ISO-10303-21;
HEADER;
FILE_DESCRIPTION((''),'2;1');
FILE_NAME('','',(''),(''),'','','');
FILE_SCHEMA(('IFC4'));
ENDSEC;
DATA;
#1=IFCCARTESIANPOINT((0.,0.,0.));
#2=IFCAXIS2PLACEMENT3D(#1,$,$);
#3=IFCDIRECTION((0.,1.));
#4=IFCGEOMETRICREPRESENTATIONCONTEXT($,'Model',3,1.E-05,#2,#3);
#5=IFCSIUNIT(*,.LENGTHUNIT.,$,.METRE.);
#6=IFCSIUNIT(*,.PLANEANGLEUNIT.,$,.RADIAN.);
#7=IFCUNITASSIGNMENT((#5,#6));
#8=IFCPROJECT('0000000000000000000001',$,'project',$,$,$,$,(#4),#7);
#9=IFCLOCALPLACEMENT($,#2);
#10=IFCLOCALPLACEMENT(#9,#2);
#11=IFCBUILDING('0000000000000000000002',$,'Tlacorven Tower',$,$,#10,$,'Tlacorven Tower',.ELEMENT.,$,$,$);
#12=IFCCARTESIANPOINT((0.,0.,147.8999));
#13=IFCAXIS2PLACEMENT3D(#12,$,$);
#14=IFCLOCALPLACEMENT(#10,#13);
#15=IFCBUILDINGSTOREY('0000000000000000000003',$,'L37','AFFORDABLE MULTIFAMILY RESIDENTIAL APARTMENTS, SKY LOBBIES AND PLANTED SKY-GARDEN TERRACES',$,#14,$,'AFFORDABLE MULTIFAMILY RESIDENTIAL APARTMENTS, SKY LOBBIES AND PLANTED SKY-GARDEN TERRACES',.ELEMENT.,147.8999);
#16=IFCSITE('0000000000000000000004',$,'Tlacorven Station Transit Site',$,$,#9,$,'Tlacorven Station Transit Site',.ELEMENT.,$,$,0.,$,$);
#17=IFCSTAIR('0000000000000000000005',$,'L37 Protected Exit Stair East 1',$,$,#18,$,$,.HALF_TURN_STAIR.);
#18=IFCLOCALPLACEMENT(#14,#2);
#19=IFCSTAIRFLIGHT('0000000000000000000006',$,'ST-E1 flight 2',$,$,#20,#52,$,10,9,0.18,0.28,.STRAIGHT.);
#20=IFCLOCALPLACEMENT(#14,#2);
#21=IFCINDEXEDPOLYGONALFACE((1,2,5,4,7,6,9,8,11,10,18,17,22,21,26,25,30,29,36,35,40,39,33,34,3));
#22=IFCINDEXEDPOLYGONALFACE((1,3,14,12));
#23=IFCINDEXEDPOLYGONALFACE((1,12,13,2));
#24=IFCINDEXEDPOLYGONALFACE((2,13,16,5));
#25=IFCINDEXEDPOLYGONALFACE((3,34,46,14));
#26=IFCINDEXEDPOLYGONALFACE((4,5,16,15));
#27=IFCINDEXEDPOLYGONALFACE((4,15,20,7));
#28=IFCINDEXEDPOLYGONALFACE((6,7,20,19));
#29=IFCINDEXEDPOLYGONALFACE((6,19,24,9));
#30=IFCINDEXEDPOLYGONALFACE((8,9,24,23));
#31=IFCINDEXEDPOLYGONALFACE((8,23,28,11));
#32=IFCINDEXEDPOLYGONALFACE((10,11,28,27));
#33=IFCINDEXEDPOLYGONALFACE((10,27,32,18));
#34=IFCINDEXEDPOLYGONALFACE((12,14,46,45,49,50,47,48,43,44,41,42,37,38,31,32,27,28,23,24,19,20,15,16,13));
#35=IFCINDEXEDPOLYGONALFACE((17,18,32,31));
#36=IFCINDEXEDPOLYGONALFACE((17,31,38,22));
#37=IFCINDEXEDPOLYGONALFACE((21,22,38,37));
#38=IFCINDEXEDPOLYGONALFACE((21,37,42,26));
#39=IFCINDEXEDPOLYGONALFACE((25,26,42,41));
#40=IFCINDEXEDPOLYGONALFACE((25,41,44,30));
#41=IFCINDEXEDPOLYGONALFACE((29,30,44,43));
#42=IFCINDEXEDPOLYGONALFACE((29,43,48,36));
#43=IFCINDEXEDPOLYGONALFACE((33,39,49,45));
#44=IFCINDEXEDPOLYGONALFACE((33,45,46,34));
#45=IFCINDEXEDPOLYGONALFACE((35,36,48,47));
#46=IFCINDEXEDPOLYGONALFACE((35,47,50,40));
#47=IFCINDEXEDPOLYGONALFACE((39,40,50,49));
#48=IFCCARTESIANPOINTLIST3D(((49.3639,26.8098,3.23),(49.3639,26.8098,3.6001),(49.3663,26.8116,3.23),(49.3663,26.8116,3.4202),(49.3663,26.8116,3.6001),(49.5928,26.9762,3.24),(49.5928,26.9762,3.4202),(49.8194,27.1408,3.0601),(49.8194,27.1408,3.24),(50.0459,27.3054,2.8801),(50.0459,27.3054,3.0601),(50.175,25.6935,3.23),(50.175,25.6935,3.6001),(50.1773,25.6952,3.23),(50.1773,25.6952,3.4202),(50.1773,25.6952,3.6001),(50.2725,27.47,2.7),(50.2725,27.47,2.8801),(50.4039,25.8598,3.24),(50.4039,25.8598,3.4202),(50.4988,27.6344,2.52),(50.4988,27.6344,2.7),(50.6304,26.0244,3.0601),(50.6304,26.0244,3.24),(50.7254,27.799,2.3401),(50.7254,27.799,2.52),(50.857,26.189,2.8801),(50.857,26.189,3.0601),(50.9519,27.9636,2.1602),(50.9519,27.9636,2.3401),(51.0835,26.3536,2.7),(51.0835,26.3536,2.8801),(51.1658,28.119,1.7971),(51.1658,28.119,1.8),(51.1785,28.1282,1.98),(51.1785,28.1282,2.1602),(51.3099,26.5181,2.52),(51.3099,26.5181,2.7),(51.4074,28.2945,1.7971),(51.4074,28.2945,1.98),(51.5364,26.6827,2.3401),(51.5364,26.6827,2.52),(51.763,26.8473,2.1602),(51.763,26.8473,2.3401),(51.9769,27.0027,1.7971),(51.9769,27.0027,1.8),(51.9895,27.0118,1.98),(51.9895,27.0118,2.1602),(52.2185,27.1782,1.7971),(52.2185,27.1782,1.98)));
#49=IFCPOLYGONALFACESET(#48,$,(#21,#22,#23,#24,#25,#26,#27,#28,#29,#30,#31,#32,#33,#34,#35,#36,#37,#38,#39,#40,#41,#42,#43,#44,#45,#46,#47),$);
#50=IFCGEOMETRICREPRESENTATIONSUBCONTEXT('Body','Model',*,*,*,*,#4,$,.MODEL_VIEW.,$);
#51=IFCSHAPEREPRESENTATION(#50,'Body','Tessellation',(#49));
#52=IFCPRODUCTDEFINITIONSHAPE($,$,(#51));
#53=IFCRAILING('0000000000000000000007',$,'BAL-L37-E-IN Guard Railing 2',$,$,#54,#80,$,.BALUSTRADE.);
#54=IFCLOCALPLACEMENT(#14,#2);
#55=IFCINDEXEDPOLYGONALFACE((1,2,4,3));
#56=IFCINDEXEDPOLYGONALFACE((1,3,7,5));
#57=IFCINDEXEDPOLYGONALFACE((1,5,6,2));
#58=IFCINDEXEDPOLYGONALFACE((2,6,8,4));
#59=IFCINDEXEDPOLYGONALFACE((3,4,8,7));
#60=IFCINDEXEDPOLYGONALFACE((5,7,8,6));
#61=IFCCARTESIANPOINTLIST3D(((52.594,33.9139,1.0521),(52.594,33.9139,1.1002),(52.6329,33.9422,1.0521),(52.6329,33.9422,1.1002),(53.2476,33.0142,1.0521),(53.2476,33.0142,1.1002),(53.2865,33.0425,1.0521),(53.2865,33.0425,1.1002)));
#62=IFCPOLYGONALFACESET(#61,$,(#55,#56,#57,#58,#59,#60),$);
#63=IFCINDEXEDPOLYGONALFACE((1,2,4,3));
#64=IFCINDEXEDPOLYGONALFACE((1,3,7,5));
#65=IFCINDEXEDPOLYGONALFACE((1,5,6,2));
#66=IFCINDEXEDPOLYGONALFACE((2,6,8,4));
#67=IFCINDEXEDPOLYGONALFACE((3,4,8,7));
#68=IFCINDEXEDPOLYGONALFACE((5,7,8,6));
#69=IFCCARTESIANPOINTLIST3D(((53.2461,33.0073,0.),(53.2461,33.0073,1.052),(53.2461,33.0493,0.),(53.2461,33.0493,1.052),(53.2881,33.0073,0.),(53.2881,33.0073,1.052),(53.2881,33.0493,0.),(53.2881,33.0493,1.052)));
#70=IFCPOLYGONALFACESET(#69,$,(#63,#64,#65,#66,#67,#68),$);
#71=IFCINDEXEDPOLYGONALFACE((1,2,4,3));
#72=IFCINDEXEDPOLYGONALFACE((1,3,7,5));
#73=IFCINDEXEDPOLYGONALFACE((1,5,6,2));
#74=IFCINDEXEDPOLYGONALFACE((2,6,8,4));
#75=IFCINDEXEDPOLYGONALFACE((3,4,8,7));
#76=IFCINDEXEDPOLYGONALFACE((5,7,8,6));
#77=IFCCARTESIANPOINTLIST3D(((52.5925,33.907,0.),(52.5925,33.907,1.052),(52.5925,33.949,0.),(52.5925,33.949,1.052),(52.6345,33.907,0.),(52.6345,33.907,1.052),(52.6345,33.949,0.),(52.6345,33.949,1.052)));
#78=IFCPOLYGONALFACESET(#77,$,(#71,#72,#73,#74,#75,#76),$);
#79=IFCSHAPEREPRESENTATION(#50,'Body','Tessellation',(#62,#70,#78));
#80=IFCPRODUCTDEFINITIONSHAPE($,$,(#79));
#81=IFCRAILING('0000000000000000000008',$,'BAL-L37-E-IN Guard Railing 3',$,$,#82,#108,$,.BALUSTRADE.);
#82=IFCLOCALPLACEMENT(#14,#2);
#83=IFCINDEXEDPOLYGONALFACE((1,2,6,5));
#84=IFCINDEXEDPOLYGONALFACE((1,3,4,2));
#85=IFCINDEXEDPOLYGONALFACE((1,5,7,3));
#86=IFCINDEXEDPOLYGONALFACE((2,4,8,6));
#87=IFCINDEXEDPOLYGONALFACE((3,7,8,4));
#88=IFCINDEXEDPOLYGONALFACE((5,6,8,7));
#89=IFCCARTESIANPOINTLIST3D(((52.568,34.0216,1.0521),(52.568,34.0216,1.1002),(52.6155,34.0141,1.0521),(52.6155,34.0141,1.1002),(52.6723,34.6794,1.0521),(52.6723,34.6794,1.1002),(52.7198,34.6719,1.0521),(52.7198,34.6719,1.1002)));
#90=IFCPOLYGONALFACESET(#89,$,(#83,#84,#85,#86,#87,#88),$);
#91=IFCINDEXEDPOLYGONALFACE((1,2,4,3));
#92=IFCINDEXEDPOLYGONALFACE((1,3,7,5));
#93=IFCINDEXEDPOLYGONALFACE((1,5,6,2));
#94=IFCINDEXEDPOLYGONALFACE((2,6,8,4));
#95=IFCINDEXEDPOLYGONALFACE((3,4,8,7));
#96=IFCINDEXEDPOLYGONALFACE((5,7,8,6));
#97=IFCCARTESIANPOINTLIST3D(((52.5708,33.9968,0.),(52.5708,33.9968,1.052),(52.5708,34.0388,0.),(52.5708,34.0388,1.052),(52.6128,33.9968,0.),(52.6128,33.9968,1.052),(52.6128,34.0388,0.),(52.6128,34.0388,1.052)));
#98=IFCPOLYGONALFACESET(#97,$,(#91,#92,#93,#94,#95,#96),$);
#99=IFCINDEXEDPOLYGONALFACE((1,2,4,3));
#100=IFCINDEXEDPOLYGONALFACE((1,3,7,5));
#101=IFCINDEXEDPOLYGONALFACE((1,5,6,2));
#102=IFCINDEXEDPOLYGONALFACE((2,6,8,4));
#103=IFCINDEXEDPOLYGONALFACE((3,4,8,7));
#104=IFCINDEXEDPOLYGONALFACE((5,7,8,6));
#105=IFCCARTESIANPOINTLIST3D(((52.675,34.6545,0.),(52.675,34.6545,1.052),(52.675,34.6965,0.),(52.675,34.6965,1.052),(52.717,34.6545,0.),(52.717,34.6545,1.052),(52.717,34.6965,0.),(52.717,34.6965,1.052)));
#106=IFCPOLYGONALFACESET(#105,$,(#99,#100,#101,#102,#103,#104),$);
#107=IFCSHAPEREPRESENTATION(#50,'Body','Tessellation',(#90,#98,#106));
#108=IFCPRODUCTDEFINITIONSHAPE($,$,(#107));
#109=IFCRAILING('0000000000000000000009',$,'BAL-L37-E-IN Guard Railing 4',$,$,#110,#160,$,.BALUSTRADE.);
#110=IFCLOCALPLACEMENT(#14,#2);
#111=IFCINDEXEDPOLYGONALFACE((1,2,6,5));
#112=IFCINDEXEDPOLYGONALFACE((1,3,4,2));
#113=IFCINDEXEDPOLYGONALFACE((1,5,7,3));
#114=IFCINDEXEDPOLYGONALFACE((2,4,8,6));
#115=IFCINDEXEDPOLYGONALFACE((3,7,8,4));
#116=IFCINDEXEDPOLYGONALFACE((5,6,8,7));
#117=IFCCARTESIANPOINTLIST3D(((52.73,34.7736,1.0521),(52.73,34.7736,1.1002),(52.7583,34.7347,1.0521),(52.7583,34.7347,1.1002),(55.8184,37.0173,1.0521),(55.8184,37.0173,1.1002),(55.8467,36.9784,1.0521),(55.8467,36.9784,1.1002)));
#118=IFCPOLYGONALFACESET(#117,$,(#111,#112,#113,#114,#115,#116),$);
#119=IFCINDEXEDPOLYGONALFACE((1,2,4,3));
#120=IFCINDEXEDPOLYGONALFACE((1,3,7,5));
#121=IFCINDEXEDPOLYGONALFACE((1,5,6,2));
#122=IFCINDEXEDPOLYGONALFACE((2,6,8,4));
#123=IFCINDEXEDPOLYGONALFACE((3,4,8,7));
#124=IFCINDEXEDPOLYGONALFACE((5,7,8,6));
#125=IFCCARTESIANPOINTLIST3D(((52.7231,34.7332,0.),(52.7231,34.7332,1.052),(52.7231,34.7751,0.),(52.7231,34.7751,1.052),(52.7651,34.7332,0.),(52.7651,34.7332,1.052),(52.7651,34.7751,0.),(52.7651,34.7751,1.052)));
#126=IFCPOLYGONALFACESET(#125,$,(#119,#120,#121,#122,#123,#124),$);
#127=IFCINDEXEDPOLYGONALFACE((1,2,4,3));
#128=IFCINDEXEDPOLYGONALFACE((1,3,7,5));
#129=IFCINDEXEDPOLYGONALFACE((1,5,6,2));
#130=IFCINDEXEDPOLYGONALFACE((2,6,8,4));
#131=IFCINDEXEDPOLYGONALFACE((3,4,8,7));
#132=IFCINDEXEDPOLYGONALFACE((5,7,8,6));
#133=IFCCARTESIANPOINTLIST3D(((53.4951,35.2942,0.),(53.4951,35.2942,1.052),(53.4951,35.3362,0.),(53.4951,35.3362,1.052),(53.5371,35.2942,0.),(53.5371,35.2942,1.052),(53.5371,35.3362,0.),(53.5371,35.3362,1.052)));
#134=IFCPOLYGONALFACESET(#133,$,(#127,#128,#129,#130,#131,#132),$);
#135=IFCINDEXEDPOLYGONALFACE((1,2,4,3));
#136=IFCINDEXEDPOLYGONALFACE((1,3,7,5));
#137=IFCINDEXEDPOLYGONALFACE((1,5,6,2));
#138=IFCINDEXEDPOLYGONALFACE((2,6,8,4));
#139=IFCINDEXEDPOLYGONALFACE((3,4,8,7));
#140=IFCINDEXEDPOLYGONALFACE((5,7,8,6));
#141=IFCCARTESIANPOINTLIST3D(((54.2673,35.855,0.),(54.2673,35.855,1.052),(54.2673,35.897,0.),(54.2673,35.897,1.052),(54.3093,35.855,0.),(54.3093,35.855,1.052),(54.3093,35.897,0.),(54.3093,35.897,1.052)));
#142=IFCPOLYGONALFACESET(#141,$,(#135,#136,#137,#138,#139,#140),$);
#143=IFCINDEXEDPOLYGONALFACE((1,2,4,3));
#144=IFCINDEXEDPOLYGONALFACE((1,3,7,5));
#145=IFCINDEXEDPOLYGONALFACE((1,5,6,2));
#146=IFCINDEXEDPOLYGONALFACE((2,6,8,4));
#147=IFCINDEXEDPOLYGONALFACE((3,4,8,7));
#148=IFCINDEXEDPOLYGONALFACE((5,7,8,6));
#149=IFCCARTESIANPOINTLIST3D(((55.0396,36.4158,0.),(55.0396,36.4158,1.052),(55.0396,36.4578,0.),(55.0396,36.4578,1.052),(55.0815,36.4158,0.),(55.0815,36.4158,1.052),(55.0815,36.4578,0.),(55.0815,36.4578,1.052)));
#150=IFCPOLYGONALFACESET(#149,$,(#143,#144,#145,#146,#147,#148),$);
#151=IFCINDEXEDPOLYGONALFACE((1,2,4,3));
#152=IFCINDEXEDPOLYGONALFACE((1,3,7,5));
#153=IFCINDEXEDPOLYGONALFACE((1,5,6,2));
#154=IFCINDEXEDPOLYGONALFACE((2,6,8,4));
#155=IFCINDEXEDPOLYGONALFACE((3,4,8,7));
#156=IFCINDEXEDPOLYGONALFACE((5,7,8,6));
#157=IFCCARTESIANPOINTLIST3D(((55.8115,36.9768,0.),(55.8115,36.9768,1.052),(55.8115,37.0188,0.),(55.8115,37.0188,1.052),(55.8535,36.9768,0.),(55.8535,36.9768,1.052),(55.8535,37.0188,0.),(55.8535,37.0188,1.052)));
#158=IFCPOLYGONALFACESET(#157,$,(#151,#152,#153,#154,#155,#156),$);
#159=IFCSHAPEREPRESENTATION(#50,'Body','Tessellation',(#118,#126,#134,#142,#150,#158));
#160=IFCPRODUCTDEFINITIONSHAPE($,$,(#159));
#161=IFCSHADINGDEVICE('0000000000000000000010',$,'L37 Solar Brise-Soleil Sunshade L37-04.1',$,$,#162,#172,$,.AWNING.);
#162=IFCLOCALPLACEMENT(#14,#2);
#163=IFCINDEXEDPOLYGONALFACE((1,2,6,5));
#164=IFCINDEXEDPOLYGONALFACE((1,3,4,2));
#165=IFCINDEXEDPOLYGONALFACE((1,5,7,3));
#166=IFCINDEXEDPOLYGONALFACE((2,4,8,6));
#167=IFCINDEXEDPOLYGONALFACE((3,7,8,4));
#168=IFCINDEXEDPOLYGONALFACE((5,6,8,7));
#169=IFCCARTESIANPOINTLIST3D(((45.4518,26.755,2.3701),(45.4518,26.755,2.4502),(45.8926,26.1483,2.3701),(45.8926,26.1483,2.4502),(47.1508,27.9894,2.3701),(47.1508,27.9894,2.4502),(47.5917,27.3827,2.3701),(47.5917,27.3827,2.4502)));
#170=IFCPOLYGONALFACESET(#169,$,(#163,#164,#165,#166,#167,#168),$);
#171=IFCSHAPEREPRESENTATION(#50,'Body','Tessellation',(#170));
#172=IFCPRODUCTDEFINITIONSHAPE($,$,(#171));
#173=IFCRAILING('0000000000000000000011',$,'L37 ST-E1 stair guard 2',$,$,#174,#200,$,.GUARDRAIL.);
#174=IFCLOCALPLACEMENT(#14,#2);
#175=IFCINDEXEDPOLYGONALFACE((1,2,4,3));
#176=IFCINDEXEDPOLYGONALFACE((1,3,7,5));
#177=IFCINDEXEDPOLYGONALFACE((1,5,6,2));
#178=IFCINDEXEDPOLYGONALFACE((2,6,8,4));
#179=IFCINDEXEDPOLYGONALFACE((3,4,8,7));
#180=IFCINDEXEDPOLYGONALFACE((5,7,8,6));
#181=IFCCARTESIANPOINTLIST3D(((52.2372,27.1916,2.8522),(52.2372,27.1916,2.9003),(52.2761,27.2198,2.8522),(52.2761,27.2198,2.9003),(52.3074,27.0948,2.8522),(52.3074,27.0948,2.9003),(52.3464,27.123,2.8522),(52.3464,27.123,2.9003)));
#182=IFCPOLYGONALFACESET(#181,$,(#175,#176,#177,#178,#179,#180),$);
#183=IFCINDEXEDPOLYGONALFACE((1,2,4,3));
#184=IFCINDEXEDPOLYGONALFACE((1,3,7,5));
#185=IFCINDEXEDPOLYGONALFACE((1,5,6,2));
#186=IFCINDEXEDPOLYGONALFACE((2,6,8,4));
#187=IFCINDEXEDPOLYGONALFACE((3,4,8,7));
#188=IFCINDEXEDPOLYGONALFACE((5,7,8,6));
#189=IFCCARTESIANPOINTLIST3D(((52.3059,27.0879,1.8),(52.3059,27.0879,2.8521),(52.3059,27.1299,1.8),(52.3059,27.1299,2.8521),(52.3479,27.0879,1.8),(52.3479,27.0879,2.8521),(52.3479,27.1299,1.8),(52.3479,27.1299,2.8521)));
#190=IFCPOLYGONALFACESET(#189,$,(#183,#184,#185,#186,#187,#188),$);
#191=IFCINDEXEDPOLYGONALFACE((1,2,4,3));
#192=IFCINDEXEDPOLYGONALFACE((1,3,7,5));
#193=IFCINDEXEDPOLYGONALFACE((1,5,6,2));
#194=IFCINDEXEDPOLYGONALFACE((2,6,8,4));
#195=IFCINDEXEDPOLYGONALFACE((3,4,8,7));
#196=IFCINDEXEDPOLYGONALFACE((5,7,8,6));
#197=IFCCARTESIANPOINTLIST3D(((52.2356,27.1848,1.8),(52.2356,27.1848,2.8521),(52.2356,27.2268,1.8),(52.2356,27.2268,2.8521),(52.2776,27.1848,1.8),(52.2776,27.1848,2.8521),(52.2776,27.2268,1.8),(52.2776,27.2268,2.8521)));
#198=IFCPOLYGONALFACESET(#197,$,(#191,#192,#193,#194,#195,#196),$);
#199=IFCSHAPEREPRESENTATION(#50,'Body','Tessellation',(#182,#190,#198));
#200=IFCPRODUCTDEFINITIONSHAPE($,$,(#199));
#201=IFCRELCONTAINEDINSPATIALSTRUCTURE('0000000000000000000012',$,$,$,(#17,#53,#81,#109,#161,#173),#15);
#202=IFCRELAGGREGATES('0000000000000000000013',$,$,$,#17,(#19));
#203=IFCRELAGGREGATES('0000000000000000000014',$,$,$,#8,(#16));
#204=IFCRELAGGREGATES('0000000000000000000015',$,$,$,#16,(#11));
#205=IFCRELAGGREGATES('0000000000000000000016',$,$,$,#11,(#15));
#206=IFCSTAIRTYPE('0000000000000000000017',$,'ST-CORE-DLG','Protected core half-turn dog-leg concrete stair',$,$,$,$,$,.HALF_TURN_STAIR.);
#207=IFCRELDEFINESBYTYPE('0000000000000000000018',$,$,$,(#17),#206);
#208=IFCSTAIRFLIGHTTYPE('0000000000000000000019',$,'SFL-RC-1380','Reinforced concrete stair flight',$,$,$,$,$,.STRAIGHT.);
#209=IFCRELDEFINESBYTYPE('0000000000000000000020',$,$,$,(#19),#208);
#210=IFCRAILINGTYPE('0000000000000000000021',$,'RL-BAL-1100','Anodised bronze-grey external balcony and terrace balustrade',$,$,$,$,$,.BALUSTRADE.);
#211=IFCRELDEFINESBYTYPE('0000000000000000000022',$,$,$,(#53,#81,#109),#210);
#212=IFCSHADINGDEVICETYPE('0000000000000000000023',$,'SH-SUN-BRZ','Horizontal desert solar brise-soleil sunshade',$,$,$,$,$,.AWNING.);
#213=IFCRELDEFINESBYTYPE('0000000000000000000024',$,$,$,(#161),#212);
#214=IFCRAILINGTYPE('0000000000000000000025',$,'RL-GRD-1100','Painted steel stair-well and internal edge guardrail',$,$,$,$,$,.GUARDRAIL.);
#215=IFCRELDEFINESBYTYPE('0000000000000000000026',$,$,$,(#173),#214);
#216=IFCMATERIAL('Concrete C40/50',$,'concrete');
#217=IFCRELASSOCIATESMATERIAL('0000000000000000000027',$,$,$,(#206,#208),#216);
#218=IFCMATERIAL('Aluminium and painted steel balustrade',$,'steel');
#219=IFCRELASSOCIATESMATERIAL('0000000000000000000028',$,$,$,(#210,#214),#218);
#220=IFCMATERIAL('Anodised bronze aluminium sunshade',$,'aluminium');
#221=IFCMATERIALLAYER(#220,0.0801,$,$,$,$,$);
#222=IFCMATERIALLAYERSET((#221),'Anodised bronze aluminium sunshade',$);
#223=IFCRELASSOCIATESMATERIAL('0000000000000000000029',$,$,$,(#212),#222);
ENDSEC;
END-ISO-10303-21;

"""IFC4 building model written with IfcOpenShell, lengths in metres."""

from ifc_helpers import new_model, si_unit, direction, frame, origin, origin_2d, place, context, subcontext, project, spatial, polyline, rectangle, outline, extrude, source, transform, mapped, material, layer, layer_set, type_object, element, aggregate, save


model = new_model("IFC4")

# Units and contexts
model_context = context("Model", 3, precision=1e-05, world=origin(), true_north=direction((0.0, 1.0)))
body_context = subcontext(model_context, "Body", "Model", "MODEL_VIEW")
ifc_project = project(units=[si_unit("LENGTHUNIT", "METRE"), si_unit("PLANEANGLEUNIT", "RADIAN")], contexts=[model_context])

# Site, building, storey
site_placement = place(None, origin())
site = spatial("IfcSite", under=ifc_project, at=site_placement, Name="Tlacorven Station Transit Site", LongName="Tlacorven Station Transit Site", CompositionType="ELEMENT", RefElevation=0.0)
building_placement = place(site_placement, origin())
building = spatial("IfcBuilding", under=site, at=building_placement, Name="Tlacorven Tower", LongName="Tlacorven Tower", CompositionType="ELEMENT")
storey_placement = place(building_placement, frame((0.0, 0.0, 147.8999)))
storey = spatial("IfcBuildingStorey", under=building, at=storey_placement, Name="L37", Description="AFFORDABLE MULTIFAMILY RESIDENTIAL APARTMENTS, SKY LOBBIES AND PLANTED SKY-GARDEN TERRACES", LongName="AFFORDABLE MULTIFAMILY RESIDENTIAL APARTMENTS, SKY LOBBIES AND PLANTED SKY-GARDEN TERRACES", CompositionType="ELEMENT", Elevation=147.8999)

# Stair, stair flight
ifc_material_1 = material(Name="Concrete C40/50", Category="concrete")
stair_type = type_object("IfcStairType", Name="ST-CORE-DLG", Description="Protected core half-turn dog-leg concrete stair", PredefinedType="HALF_TURN_STAIR", material=ifc_material_1)
stair_placement = place(storey_placement, origin())
stair = element("IfcStair", 1, at=stair_placement, inside=storey, type_object=stair_type, Name="L37 Protected Exit Stair East 1", PredefinedType="HALF_TURN_STAIR")
stair_flight_type = type_object("IfcStairFlightType", Name="SFL-RC-1380", Description="Reinforced concrete stair flight", PredefinedType="STRAIGHT", material=ifc_material_1)
shared_shape_1 = source(origin(), body_context, "Body", "SweptSolid", [
    extrude(outline(polyline([(-0.0029, -0.0029), (-0.0029, 0.1799), (0.28, 0.1799), (0.28, 0.3601), (0.5601, 0.3601), (0.5601, 0.54), (0.8401, 0.54), (0.8401, 0.72), (1.1201, 0.72), (1.1201, 0.8999), (1.3999, 0.8999), (1.3999, 1.0801), (1.6799, 1.0801), (1.6799, 1.26), (1.96, 1.26), (1.96, 1.4399), (2.24, 1.4399), (2.24, 1.6201), (2.52, 1.6201), (2.52, 1.8), (2.5229, 1.8), (2.5229, 1.4299), (2.52, 1.4299), (0.2957, 0.0), (0.2957, -0.0029), (-0.0029, -0.0029)])), frame((0.0, 0.6899, 0.0), z_axis=(0.0, -1.0, 0.0), x_axis=(1.0, 0.0, 0.0)), (0.0, 0.0, 1.0), 1.3799),
])
stair_flight_1_placement = place(storey_placement, frame((51.8105, 27.7346, 1.8), z_axis=(0.0, 0.0, 1.0), x_axis=(-0.809017, -0.587785, 0.0)))
stair_flight_1 = element("IfcStairFlight", 2, at=stair_flight_1_placement, type_object=stair_flight_type, Name="ST-E1 flight 2", NumberOfRisers=10, NumberOfTreads=9, PredefinedType="STRAIGHT", RiserHeight=0.18, TreadLength=0.28, context=body_context, shape_type="MappedRepresentation", body=[
    mapped(shared_shape_1, transform((0.0, 0.0, 0.0), scale=1.0)),
])
aggregate(stair, [stair_flight_1])

# Railings
ifc_material_2 = material(Name="Aluminium and painted steel balustrade", Category="steel")
railing_type_1 = type_object("IfcRailingType", Name="RL-BAL-1100", Description="Anodised bronze-grey external balcony and terrace balustrade", PredefinedType="BALUSTRADE", material=ifc_material_2)
shared_shape_2 = source(origin(), body_context, "Body", "SweptSolid", [
    extrude(rectangle(XDim=0.0481, YDim=0.0481, at=origin_2d()), frame((0.0, 0.0, 1.0762), z_axis=(-0.587741, 0.809049, 0.0), x_axis=(-0.809049, -0.587741, 0.0)), (0.0, 0.0, 1.0), 1.1121),
    extrude(rectangle(XDim=0.042, YDim=0.042, at=origin_2d()), origin(), (0.0, 0.0, 1.0), 1.052),
    extrude(rectangle(XDim=0.042, YDim=0.042, at=origin_2d()), frame((-0.6536, 0.8997, 0.0)), (0.0, 0.0, 1.0), 1.052),
])
railing_1_placement = place(storey_placement, frame((53.2671, 33.0283, 0.0)))
element("IfcRailing", 3, at=railing_1_placement, inside=storey, type_object=railing_type_1, Name="BAL-L37-E-IN Guard Railing 2", PredefinedType="BALUSTRADE", context=body_context, shape_type="MappedRepresentation", body=[
    mapped(shared_shape_2, transform((0.0, 0.0, 0.0), scale=1.0)),
])
shared_shape_3 = source(origin(), body_context, "Body", "SweptSolid", [
    extrude(rectangle(XDim=0.0481, YDim=0.0481, at=origin_2d()), frame((0.0, 0.0, 1.0762), z_axis=(0.156546, 0.987671, 0.0), x_axis=(-0.987671, 0.156546, 0.0)), (0.0, 0.0, 1.0), 0.666),
    extrude(rectangle(XDim=0.042, YDim=0.042, at=origin_2d()), origin(), (0.0, 0.0, 1.0), 1.052),
    extrude(rectangle(XDim=0.042, YDim=0.042, at=origin_2d()), frame((0.1042, 0.6577, 0.0)), (0.0, 0.0, 1.0), 1.052),
])
railing_2_placement = place(storey_placement, frame((52.5918, 34.0178, 0.0)))
element("IfcRailing", 4, at=railing_2_placement, inside=storey, type_object=railing_type_1, Name="BAL-L37-E-IN Guard Railing 3", PredefinedType="BALUSTRADE", context=body_context, shape_type="MappedRepresentation", body=[
    mapped(shared_shape_3, transform((0.0, 0.0, 0.0), scale=1.0)),
])
shared_shape_4 = source(origin(), body_context, "Body", "SweptSolid", [
    extrude(rectangle(XDim=0.0481, YDim=0.0481, at=origin_2d()), frame((0.0, 0.0, 1.0762), z_axis=(0.80904, 0.587753, 0.0), x_axis=(-0.587753, 0.80904, 0.0)), (0.0, 0.0, 1.0), 3.8174),
    extrude(rectangle(XDim=0.042, YDim=0.042, at=origin_2d()), origin(), (0.0, 0.0, 1.0), 1.052),
    extrude(rectangle(XDim=0.042, YDim=0.042, at=origin_2d()), frame((0.772, 0.561, 0.0)), (0.0, 0.0, 1.0), 1.052),
    extrude(rectangle(XDim=0.042, YDim=0.042, at=origin_2d()), frame((1.5442, 1.1218, 0.0)), (0.0, 0.0, 1.0), 1.052),
    extrude(rectangle(XDim=0.042, YDim=0.042, at=origin_2d()), frame((2.3164, 1.6826, 0.0)), (0.0, 0.0, 1.0), 1.052),
    extrude(rectangle(XDim=0.042, YDim=0.042, at=origin_2d()), frame((3.0884, 2.2437, 0.0)), (0.0, 0.0, 1.0), 1.052),
])
railing_3_placement = place(storey_placement, frame((52.7441, 34.7542, 0.0)))
element("IfcRailing", 5, at=railing_3_placement, inside=storey, type_object=railing_type_1, Name="BAL-L37-E-IN Guard Railing 4", PredefinedType="BALUSTRADE", context=body_context, shape_type="MappedRepresentation", body=[
    mapped(shared_shape_4, transform((0.0, 0.0, 0.0), scale=1.0)),
])

# Shading device
ifc_material_3 = material(Name="Anodised bronze aluminium sunshade", Category="aluminium")
ifc_layer_1 = layer(ifc_material_3, 0.0801)
ifc_layer_set_1 = layer_set([ifc_layer_1], Name="Anodised bronze aluminium sunshade")
shading_device_type = type_object("IfcShadingDeviceType", Name="SH-SUN-BRZ", Description="Horizontal desert solar brise-soleil sunshade", PredefinedType="AWNING", material=ifc_layer_set_1)
shared_shape_5 = source(origin(), body_context, "Body", "SweptSolid", [
    extrude(rectangle(XDim=2.1001, YDim=0.75, at=origin_2d()), origin(), (0.0, 0.0, 1.0), 0.0801),
])
shading_device_placement = place(storey_placement, frame((46.5217, 27.0688, 2.3701), z_axis=(0.0, 0.0, 1.0), x_axis=(0.809017, 0.587785, 0.0)))
element("IfcShadingDevice", 6, at=shading_device_placement, inside=storey, type_object=shading_device_type, Name="L37 Solar Brise-Soleil Sunshade L37-04.1", PredefinedType="AWNING", context=body_context, shape_type="MappedRepresentation", body=[
    mapped(shared_shape_5, transform((0.0, 0.0, 0.0), scale=1.0)),
])

# Railing
railing_type_2 = type_object("IfcRailingType", Name="RL-GRD-1100", Description="Painted steel stair-well and internal edge guardrail", PredefinedType="GUARDRAIL", material=ifc_material_2)
shared_shape_6 = source(origin(), body_context, "Body", "SweptSolid", [
    extrude(rectangle(XDim=0.0481, YDim=0.0481, at=origin_2d()), frame((0.0, 0.0, 1.0762), z_axis=(-0.587201, 0.809441, 0.0), x_axis=(-0.809441, -0.587201, 0.0)), (0.0, 0.0, 1.0), 0.1196),
    extrude(rectangle(XDim=0.042, YDim=0.042, at=origin_2d()), origin(), (0.0, 0.0, 1.0), 1.052),
    extrude(rectangle(XDim=0.042, YDim=0.042, at=origin_2d()), frame((-0.0703, 0.0969, 0.0)), (0.0, 0.0, 1.0), 1.052),
])
for number, where, name in (
    (7, (52.3269, 27.1089, 1.8), "L37 ST-E1 stair guard 2"),
):
    element("IfcRailing", number, at=place(storey_placement, frame(where)), inside=storey, type_object=railing_type_2, Name=name, PredefinedType="GUARDRAIL", context=body_context, shape_type="MappedRepresentation", body=[
        mapped(shared_shape_6, transform((0.0, 0.0, 0.0), scale=1.0)),
    ])

save(model, "model.ifc")
